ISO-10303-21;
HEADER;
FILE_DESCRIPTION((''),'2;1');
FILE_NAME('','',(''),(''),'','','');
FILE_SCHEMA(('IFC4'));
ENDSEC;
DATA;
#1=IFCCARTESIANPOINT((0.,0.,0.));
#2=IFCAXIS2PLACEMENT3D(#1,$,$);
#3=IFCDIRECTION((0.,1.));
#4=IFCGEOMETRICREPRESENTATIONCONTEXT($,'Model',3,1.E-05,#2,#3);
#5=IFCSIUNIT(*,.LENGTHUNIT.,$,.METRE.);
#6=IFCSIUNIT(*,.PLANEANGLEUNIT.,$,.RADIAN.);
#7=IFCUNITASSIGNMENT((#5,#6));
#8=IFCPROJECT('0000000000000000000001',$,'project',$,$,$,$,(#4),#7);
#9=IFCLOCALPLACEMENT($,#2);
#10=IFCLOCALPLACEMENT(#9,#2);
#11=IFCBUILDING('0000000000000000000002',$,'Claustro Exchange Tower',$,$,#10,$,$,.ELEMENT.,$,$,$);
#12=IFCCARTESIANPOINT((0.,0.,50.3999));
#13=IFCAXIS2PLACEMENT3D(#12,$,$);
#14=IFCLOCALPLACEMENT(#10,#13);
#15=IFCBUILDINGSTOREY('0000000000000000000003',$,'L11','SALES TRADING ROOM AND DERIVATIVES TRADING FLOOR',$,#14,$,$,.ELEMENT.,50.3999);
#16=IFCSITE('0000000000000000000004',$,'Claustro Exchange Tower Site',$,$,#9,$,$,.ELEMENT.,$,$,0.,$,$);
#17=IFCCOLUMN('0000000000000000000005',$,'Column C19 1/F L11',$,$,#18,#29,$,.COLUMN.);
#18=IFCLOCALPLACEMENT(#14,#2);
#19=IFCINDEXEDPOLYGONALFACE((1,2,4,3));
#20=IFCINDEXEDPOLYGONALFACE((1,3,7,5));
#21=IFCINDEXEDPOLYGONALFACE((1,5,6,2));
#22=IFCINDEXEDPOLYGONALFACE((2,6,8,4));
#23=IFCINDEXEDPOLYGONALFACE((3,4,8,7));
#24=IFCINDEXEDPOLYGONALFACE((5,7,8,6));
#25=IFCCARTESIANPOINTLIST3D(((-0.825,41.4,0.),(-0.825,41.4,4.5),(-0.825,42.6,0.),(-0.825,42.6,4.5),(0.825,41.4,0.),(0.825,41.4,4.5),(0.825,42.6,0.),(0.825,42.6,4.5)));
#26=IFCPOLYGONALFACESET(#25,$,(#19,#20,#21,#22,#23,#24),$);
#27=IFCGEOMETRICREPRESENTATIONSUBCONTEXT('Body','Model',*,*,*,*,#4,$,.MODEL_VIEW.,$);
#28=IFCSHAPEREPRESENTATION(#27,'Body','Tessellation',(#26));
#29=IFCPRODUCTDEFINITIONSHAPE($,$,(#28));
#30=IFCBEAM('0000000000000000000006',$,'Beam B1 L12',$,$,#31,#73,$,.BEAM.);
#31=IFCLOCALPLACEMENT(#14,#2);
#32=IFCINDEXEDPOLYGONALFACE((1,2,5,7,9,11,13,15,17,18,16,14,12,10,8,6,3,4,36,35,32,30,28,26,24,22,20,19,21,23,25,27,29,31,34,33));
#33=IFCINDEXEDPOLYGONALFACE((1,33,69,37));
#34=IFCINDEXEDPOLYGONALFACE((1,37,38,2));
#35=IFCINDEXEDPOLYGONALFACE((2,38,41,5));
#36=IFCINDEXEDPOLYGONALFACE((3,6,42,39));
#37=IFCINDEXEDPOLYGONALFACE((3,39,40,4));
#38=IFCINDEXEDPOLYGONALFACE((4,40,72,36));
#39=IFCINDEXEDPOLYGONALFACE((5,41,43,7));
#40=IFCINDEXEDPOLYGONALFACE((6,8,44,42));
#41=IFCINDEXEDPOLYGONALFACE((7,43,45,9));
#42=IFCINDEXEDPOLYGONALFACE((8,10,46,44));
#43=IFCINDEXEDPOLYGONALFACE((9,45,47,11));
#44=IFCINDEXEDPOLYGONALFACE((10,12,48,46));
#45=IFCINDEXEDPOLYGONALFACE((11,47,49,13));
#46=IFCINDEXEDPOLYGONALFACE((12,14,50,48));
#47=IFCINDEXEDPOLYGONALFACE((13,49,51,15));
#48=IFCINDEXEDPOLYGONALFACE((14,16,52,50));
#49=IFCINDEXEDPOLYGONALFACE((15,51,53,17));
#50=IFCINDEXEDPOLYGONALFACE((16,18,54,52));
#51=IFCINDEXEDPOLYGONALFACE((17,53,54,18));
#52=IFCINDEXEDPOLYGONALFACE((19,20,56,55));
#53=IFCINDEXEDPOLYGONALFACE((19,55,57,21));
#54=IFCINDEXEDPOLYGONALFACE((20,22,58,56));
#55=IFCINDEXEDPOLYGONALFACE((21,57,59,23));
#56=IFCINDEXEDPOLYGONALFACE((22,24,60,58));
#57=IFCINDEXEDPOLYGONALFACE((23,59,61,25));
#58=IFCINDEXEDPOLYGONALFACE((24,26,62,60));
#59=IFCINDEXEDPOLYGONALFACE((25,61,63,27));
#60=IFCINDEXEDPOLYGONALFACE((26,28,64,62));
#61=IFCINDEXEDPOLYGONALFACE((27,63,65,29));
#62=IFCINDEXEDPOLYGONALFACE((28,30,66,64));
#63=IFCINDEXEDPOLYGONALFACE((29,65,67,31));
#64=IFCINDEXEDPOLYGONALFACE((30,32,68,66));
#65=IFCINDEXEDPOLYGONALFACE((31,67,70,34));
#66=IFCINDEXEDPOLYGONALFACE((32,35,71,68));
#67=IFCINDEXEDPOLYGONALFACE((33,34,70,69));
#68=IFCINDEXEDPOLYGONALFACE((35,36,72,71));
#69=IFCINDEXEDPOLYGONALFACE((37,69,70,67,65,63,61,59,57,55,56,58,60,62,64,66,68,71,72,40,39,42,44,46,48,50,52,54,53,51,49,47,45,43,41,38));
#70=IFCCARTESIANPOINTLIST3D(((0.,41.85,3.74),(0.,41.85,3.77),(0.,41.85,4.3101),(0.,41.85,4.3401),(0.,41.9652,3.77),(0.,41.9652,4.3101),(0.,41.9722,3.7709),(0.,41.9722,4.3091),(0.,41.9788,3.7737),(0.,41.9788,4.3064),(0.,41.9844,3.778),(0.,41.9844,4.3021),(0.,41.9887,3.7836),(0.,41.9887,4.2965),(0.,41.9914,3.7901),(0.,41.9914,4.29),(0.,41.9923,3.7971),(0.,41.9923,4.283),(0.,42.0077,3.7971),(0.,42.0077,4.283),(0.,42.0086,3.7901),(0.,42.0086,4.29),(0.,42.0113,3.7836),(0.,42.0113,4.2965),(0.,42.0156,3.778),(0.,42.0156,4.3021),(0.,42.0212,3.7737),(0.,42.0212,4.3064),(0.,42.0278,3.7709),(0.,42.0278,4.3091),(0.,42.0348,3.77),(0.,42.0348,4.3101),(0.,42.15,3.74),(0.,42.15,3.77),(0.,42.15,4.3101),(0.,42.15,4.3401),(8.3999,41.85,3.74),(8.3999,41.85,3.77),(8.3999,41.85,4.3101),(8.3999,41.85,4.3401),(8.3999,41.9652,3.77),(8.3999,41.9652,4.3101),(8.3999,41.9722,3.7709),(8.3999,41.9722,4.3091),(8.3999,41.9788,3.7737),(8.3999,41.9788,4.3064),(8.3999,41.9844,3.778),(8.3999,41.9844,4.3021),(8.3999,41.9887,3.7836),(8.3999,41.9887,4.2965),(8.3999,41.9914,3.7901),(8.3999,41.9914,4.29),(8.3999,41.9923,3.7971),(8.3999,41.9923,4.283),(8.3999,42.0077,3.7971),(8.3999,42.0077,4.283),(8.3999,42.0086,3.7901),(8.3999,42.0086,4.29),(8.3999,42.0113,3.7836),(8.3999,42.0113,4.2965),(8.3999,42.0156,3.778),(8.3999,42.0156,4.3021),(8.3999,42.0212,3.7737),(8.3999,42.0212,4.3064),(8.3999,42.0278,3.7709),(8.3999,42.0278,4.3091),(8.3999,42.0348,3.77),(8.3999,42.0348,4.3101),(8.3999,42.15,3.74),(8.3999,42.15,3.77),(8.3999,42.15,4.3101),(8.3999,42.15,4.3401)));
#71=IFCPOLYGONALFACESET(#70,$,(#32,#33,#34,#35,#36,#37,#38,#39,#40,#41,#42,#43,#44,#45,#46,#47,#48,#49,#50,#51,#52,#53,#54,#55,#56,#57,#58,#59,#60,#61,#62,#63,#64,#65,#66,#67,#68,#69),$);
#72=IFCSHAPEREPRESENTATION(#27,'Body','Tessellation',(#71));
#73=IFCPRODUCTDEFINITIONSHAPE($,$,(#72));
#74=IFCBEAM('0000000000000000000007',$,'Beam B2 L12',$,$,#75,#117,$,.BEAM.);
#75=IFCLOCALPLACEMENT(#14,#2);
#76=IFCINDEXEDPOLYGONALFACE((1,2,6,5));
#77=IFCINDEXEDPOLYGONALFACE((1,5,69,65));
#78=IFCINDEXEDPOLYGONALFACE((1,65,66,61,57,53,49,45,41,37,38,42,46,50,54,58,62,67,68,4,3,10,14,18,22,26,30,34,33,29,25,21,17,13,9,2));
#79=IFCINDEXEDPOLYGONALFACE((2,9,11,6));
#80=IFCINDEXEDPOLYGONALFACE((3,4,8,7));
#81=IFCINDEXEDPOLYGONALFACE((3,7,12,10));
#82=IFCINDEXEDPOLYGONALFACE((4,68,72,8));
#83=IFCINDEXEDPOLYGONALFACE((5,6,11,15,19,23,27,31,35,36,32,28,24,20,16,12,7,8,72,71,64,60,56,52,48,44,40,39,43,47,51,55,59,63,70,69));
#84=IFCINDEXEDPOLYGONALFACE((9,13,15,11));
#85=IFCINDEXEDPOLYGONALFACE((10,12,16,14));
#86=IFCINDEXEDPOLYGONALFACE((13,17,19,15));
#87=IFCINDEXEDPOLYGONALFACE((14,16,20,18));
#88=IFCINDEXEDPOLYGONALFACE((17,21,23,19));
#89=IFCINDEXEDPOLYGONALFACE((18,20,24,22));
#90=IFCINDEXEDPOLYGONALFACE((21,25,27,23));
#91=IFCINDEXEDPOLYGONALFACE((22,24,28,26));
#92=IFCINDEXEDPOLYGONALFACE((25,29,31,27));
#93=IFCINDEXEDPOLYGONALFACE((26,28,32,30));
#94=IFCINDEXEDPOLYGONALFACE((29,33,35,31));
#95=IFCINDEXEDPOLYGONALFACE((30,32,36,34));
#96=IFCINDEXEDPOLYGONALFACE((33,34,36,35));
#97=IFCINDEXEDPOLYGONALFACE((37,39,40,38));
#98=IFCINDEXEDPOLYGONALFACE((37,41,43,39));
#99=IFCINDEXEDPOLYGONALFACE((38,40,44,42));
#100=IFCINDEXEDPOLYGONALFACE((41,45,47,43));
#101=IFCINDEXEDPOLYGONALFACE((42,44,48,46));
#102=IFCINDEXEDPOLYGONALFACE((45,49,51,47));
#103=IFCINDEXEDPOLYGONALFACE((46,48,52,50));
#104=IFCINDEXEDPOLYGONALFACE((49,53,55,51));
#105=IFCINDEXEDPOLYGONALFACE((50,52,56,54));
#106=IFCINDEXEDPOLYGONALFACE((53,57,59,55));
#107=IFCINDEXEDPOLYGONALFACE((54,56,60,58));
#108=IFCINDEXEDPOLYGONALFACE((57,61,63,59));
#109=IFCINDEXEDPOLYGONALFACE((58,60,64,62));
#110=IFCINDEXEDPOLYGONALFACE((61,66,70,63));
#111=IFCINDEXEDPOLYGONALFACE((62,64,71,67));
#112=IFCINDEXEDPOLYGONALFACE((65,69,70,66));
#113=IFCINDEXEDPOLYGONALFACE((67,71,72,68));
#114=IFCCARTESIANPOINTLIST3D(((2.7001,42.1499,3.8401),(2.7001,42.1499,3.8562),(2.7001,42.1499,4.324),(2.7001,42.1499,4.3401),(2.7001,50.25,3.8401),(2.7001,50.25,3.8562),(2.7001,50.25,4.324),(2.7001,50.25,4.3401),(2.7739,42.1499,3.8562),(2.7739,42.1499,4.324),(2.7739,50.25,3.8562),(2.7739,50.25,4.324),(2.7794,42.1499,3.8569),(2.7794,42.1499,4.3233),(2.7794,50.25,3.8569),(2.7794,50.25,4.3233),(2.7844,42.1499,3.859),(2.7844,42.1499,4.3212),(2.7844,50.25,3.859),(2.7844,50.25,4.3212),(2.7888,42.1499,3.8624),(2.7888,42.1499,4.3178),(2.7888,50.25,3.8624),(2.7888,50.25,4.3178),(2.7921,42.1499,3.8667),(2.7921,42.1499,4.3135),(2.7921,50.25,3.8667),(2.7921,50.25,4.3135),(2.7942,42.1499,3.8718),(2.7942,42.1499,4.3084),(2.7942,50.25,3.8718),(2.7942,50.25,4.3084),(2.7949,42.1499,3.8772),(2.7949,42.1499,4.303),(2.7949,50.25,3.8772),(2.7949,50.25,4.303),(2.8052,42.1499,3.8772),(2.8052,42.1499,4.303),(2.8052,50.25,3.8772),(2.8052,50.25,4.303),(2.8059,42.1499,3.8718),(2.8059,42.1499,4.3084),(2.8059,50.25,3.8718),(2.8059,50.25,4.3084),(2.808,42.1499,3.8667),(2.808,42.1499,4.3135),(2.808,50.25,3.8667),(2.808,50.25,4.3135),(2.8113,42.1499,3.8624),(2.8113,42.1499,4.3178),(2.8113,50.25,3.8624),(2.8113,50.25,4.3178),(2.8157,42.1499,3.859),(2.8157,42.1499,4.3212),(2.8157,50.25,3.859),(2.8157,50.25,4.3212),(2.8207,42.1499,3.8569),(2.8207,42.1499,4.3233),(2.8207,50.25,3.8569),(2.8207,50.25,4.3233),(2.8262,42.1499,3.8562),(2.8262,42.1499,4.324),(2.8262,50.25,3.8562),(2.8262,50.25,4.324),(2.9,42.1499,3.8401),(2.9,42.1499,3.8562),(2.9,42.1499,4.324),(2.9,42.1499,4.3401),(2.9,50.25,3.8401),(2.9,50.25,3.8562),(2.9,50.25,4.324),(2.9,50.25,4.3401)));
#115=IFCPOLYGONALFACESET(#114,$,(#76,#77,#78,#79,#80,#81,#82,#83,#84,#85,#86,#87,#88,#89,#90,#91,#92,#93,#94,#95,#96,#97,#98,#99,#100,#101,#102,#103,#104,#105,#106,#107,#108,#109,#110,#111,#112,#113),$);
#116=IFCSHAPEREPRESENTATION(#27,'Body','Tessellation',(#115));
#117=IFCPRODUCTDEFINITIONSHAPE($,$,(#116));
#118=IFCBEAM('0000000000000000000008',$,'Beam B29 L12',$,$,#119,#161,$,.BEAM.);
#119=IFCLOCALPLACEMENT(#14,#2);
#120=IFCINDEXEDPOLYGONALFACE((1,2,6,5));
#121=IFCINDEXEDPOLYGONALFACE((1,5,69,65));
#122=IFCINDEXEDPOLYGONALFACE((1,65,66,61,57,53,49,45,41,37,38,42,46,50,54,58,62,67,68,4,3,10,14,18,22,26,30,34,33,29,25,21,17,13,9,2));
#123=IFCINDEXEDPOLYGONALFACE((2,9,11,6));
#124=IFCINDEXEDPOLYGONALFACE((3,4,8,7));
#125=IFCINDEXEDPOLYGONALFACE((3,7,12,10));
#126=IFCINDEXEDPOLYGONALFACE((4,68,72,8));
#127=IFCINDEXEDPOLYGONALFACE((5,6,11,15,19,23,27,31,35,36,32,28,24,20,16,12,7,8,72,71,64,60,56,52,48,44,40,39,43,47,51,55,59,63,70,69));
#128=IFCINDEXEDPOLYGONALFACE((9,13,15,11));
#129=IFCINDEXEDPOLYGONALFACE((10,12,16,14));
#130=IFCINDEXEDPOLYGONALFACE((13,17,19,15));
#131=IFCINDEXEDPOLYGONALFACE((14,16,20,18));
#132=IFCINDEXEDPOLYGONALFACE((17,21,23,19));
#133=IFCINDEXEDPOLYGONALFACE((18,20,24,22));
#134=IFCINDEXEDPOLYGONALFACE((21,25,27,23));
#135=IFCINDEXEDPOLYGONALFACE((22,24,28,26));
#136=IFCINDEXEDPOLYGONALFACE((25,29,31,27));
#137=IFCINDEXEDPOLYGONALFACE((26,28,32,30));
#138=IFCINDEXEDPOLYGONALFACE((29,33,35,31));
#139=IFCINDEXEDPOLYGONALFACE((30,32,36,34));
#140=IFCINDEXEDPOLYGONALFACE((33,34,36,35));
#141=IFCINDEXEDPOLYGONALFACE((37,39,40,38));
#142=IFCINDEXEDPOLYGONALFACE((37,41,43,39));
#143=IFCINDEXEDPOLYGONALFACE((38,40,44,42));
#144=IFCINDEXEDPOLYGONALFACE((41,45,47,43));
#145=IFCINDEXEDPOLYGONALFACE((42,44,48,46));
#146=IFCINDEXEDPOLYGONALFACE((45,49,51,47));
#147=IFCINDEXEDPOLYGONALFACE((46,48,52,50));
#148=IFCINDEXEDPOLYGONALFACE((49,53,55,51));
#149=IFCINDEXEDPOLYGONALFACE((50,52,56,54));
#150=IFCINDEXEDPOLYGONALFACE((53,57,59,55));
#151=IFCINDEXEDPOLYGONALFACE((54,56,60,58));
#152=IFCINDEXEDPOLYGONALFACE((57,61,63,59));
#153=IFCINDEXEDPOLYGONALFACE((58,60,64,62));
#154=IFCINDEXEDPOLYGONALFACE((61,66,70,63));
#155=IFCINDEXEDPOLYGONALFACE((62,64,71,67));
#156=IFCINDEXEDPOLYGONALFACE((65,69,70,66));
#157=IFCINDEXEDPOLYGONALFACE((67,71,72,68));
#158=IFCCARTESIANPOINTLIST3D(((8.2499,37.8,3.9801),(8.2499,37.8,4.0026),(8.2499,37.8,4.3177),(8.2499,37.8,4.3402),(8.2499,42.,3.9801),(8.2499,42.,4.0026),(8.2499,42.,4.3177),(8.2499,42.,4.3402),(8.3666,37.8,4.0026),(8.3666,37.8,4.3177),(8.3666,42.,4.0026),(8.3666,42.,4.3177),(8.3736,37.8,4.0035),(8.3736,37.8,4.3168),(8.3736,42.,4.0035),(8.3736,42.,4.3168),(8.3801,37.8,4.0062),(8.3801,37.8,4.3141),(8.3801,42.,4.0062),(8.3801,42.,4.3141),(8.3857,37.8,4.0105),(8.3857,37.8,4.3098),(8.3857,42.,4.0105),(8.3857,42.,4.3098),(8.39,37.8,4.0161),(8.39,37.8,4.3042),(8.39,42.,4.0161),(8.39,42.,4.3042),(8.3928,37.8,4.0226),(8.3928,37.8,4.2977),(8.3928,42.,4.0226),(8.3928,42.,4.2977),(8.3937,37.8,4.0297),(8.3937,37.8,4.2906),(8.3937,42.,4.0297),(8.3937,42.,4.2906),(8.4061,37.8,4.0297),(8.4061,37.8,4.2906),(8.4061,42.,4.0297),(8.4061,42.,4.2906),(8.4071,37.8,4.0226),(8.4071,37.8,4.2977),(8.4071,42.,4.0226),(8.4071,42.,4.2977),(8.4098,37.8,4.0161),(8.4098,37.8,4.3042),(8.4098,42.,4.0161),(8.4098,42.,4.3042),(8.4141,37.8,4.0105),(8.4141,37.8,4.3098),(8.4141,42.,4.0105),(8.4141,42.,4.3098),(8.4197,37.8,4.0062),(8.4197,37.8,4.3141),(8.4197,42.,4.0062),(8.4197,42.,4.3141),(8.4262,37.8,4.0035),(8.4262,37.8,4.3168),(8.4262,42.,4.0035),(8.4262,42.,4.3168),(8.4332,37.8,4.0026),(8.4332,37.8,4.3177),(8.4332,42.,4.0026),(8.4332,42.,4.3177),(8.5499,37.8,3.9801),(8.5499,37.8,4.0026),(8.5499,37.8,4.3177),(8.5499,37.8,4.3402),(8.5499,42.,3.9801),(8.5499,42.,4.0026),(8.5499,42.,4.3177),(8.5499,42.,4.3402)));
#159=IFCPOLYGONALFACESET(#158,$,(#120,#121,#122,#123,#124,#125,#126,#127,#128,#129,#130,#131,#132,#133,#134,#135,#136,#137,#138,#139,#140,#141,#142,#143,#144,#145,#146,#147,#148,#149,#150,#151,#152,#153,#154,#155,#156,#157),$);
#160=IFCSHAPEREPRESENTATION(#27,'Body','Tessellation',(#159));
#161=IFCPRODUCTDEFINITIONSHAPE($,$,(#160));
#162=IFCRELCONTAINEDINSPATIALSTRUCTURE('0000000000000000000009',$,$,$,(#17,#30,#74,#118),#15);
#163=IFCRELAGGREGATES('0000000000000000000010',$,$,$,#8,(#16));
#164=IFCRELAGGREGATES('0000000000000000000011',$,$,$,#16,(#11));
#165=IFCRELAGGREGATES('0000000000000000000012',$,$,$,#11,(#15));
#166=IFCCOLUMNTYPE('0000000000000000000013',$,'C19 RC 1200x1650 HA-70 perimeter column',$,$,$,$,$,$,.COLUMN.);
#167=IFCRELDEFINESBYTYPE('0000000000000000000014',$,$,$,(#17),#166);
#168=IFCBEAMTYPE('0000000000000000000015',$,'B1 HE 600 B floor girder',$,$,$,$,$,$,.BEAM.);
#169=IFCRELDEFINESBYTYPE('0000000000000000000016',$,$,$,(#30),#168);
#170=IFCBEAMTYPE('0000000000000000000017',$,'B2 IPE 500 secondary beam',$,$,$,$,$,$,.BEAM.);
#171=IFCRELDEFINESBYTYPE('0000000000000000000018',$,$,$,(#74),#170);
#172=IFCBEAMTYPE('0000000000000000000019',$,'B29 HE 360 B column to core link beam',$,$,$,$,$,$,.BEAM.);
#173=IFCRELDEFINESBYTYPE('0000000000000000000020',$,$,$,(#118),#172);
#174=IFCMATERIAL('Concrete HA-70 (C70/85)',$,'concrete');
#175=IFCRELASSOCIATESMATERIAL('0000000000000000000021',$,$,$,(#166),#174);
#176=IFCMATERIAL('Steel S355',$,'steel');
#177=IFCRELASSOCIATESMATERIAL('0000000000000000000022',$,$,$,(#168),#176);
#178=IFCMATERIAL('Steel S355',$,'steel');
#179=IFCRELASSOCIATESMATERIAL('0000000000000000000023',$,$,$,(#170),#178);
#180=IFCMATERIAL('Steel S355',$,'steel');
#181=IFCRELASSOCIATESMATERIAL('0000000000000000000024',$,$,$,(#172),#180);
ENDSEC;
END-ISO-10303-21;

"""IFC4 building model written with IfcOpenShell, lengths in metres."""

from ifc_helpers import new_model, si_unit, direction, frame, origin, origin_2d, place, context, subcontext, project, spatial, rectangle, i_section, extrude, material, material_profile, profile_set, type_object, element, save


model = new_model("IFC4")

# Units and contexts
model_context = context("Model", 3, precision=1e-05, world=origin(), true_north=direction((0.0, 1.0)))
body_context = subcontext(model_context, "Body", "Model", "MODEL_VIEW")
ifc_project = project(units=[si_unit("LENGTHUNIT", "METRE"), si_unit("PLANEANGLEUNIT", "RADIAN")], contexts=[model_context])

# Site, building, storey
site_placement = place(None, origin())
site = spatial("IfcSite", under=ifc_project, at=site_placement, Name="Claustro Exchange Tower Site", CompositionType="ELEMENT", RefElevation=0.0)
building_placement = place(site_placement, origin())
building = spatial("IfcBuilding", under=site, at=building_placement, Name="Claustro Exchange Tower", CompositionType="ELEMENT")
storey_placement = place(building_placement, frame((0.0, 0.0, 50.3999)))
storey = spatial("IfcBuildingStorey", under=building, at=storey_placement, Name="L11", Description="SALES TRADING ROOM AND DERIVATIVES TRADING FLOOR", CompositionType="ELEMENT", Elevation=50.3999)

# Column
ifc_material_1 = material(Name="Concrete HA-70 (C70/85)", Category="concrete")
ifc_material_profile_1 = material_profile(ifc_material_1, rectangle(XDim=1.2, YDim=1.6499, at=origin_2d()), Name="RC 1200x1650")
ifc_profile_set_1 = profile_set([ifc_material_profile_1], Name="Concrete HA-70 (C70/85)")
column_type = type_object("IfcColumnType", Name="C19 RC 1200x1650 HA-70 perimeter column", PredefinedType="COLUMN", material=ifc_profile_set_1)
column_placement = place(storey_placement, frame((0.0, 42.0, 0.0), z_axis=(0.0, 0.0, 1.0), x_axis=(0.0, 1.0, 0.0)))
element("IfcColumn", 1, at=column_placement, inside=storey, type_object=column_type, Name="Column C19 1/F L11", PredefinedType="COLUMN", context=body_context, shape_type="SweptSolid", body=[
    extrude(rectangle(XDim=1.2, YDim=1.6499, at=origin_2d()), origin(), (0.0, 0.0, 1.0), 4.5),
])

# Beams
ifc_material_2 = material(Name="Steel S355", Category="steel")
ifc_material_profile_2 = material_profile(ifc_material_2, i_section(OverallWidth=0.3, OverallDepth=0.6001, WebThickness=0.0154, FlangeThickness=0.03, FilletRadius=0.0271, at=origin_2d()), Name="HE 600 B")
ifc_profile_set_2 = profile_set([ifc_material_profile_2], Name="Steel S355")
beam_type_1 = type_object("IfcBeamType", Name="B1 HE 600 B floor girder", PredefinedType="BEAM", material=ifc_profile_set_2)
beam_1_placement = place(storey_placement, frame((0.0, 42.0, 4.04), z_axis=(1.0, 0.0, 0.0), x_axis=(0.0, 1.0, 0.0)))
element("IfcBeam", 2, at=beam_1_placement, inside=storey, type_object=beam_type_1, Name="Beam B1 L12", PredefinedType="BEAM", context=body_context, shape_type="SweptSolid", body=[
    extrude(i_section(OverallWidth=0.3, OverallDepth=0.6001, WebThickness=0.0154, FlangeThickness=0.03, FilletRadius=0.0271, at=origin_2d()), origin(), (0.0, 0.0, 1.0), 8.3999),
])
ifc_material_3 = material(Name="Steel S355", Category="steel")
ifc_material_profile_3 = material_profile(ifc_material_3, i_section(OverallWidth=0.2, OverallDepth=0.5, WebThickness=0.0103, FlangeThickness=0.0161, FilletRadius=0.021, at=origin_2d()), Name="IPE 500")
ifc_profile_set_3 = profile_set([ifc_material_profile_3], Name="Steel S355")
beam_type_2 = type_object("IfcBeamType", Name="B2 IPE 500 secondary beam", PredefinedType="BEAM", material=ifc_profile_set_3)
beam_2_placement = place(storey_placement, frame((2.8, 42.1499, 4.0901), z_axis=(0.0, 1.0, 0.0), x_axis=(-1.0, 0.0, 0.0)))
element("IfcBeam", 3, at=beam_2_placement, inside=storey, type_object=beam_type_2, Name="Beam B2 L12", PredefinedType="BEAM", context=body_context, shape_type="SweptSolid", body=[
    extrude(i_section(OverallWidth=0.2, OverallDepth=0.5, WebThickness=0.0103, FlangeThickness=0.0161, FilletRadius=0.021, at=origin_2d()), origin(), (0.0, 0.0, 1.0), 8.1001),
])
ifc_material_4 = material(Name="Steel S355", Category="steel")
ifc_material_profile_4 = material_profile(ifc_material_4, i_section(OverallWidth=0.3, OverallDepth=0.3601, WebThickness=0.0125, FlangeThickness=0.0225, FilletRadius=0.0271, at=origin_2d()), Name="HE 360 B")
ifc_profile_set_4 = profile_set([ifc_material_profile_4], Name="Steel S355")
beam_type_3 = type_object("IfcBeamType", Name="B29 HE 360 B column to core link beam", PredefinedType="BEAM", material=ifc_profile_set_4)
beam_3_placement = place(storey_placement, frame((8.3999, 37.8, 4.1602), z_axis=(0.0, 1.0, 0.0), x_axis=(-1.0, 0.0, 0.0)))
element("IfcBeam", 4, at=beam_3_placement, inside=storey, type_object=beam_type_3, Name="Beam B29 L12", PredefinedType="BEAM", context=body_context, shape_type="SweptSolid", body=[
    extrude(i_section(OverallWidth=0.3, OverallDepth=0.3601, WebThickness=0.0125, FlangeThickness=0.0225, FilletRadius=0.0271, at=origin_2d()), origin(), (0.0, 0.0, 1.0), 4.2),
])

save(model, "model.ifc")
